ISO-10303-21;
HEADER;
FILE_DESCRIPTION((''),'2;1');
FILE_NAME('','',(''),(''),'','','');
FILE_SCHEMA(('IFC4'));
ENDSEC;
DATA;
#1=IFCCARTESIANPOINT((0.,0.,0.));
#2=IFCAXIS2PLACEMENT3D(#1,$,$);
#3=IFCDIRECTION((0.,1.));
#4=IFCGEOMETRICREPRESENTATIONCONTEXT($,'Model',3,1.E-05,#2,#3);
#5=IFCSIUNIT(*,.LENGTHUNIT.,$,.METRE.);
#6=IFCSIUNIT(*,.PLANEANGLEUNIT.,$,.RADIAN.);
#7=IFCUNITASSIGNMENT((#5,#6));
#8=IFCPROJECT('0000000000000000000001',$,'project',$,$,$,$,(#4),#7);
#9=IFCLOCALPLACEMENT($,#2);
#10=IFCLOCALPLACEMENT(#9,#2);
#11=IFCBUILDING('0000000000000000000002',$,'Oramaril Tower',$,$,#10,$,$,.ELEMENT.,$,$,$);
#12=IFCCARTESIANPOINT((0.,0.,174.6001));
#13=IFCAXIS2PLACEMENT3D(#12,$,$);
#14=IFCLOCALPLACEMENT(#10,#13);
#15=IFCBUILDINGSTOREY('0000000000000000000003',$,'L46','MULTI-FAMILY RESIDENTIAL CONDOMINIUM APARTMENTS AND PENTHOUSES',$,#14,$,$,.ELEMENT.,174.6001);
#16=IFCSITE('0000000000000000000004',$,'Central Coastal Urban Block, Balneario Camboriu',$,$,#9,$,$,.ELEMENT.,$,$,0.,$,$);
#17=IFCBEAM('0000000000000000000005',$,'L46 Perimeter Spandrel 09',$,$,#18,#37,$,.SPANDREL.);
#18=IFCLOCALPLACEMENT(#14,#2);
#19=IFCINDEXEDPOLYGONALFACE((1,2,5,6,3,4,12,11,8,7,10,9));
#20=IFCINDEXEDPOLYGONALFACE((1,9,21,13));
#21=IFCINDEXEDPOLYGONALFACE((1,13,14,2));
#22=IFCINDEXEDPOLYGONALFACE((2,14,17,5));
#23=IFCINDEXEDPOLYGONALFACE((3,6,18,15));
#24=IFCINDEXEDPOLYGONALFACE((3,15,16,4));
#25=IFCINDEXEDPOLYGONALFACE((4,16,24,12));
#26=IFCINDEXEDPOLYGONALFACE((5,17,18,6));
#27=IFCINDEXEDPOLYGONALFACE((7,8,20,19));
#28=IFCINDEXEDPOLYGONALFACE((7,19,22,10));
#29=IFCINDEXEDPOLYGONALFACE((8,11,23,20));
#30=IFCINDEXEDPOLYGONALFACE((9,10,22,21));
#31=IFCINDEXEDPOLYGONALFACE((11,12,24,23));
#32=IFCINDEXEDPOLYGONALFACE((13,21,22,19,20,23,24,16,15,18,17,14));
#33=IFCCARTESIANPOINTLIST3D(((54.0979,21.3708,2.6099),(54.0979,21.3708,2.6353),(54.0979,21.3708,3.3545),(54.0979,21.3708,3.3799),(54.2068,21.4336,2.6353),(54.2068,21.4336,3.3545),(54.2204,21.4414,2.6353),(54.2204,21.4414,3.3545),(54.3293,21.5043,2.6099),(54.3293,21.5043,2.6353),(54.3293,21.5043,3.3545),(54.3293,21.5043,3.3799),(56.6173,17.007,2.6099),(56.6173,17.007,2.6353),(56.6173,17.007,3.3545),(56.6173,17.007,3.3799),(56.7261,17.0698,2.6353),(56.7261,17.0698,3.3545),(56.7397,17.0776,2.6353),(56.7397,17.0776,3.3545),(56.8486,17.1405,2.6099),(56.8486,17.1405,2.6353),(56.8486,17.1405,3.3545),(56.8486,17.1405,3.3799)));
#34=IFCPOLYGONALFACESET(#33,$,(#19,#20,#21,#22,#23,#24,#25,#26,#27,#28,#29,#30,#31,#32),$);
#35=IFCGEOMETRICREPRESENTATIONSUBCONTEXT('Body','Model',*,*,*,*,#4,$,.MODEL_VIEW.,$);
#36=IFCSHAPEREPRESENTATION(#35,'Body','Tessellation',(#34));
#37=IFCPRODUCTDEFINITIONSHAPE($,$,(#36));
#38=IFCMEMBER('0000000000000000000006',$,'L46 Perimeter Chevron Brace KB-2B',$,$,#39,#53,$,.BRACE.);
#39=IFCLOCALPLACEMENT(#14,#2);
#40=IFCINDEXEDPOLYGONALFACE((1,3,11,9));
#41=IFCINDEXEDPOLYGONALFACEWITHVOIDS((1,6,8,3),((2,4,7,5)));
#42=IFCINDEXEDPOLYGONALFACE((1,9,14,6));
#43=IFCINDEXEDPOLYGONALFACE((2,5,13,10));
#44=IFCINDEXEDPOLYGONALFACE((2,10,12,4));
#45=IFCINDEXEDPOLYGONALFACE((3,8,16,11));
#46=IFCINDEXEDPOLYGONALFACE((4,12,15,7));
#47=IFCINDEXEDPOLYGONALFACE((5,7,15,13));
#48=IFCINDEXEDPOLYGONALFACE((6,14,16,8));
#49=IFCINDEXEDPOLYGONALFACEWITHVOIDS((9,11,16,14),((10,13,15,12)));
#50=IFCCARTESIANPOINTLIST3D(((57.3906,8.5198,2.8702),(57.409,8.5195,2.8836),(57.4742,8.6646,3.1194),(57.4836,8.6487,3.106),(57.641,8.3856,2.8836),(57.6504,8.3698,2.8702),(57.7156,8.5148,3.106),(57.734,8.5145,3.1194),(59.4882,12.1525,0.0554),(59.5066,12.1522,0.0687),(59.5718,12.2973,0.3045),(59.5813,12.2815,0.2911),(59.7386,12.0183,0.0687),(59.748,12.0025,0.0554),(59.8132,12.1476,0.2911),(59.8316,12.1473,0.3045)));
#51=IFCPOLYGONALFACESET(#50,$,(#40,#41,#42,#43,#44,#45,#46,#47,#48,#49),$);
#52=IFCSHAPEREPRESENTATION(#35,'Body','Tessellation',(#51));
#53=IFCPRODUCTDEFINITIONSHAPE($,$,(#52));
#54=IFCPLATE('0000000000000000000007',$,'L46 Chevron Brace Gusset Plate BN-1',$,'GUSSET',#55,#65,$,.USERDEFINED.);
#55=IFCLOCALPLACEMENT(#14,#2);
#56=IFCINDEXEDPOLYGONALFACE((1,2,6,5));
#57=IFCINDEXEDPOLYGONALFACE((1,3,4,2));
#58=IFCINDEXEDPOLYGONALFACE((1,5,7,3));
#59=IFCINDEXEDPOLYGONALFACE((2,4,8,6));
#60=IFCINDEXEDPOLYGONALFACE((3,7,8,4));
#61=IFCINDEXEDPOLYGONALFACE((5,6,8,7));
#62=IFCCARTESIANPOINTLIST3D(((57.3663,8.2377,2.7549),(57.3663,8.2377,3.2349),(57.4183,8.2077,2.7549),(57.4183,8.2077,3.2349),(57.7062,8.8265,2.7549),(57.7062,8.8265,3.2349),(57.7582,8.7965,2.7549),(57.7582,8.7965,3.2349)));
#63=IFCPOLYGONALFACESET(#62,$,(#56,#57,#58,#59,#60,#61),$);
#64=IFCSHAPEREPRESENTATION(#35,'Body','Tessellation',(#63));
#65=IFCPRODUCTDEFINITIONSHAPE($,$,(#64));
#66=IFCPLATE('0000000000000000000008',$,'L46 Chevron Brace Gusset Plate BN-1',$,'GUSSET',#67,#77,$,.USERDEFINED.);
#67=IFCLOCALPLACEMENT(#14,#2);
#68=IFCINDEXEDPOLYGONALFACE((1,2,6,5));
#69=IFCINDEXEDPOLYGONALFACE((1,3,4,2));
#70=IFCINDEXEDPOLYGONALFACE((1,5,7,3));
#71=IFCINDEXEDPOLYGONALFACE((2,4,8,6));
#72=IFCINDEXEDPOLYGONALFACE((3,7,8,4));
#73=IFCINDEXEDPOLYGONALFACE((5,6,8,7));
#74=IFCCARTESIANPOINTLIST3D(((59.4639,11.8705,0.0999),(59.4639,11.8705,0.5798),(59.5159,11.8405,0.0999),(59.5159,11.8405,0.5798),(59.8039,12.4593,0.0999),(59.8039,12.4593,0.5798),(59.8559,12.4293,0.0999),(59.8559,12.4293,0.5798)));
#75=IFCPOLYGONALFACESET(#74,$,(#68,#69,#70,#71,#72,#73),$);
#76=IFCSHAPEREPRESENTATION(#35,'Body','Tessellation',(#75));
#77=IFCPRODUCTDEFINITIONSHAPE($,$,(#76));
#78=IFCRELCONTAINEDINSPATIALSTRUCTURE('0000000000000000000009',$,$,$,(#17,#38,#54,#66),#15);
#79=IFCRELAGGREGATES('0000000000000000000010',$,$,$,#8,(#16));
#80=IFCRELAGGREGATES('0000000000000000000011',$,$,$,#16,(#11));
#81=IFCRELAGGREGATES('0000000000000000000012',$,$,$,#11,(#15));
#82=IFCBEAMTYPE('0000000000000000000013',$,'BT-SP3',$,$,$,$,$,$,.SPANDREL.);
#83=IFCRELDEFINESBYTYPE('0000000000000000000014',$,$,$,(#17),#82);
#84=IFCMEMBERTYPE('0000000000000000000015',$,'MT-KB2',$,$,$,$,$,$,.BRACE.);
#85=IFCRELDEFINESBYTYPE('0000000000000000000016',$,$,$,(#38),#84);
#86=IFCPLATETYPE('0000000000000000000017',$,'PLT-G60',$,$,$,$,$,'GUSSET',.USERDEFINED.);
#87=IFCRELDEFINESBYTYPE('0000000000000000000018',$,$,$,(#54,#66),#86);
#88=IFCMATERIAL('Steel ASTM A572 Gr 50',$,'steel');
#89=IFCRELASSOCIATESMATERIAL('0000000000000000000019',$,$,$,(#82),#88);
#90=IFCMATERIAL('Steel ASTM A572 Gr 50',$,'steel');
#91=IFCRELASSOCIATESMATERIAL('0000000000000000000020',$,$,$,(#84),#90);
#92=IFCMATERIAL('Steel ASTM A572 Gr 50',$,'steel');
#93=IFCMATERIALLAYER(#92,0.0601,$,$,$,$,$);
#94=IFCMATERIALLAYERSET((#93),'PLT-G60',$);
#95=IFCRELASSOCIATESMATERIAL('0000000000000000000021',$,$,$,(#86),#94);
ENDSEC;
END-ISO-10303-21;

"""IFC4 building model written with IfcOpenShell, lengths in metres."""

from ifc_helpers import new_model, si_unit, direction, frame, origin, origin_2d, place, context, subcontext, project, spatial, rectangle, hollow_rectangle, i_section, extrude, material, layer, layer_set, material_profile, profile_set, type_object, element, save


model = new_model("IFC4")

# Units and contexts
model_context = context("Model", 3, precision=1e-05, world=origin(), true_north=direction((0.0, 1.0)))
body_context = subcontext(model_context, "Body", "Model", "MODEL_VIEW")
ifc_project = project(units=[si_unit("LENGTHUNIT", "METRE"), si_unit("PLANEANGLEUNIT", "RADIAN")], contexts=[model_context])

# Site, building, storey
site_placement = place(None, origin())
site = spatial("IfcSite", under=ifc_project, at=site_placement, Name="Central Coastal Urban Block, Balneario Camboriu", CompositionType="ELEMENT", RefElevation=0.0)
building_placement = place(site_placement, origin())
building = spatial("IfcBuilding", under=site, at=building_placement, Name="Oramaril Tower", CompositionType="ELEMENT")
storey_placement = place(building_placement, frame((0.0, 0.0, 174.6001)))
storey = spatial("IfcBuildingStorey", under=building, at=storey_placement, Name="L46", Description="MULTI-FAMILY RESIDENTIAL CONDOMINIUM APARTMENTS AND PENTHOUSES", CompositionType="ELEMENT", Elevation=174.6001)

# Beam
ifc_material_1 = material(Name="Steel ASTM A572 Gr 50", Category="steel")
ifc_material_profile_1 = material_profile(ifc_material_1, i_section(OverallWidth=0.2671, OverallDepth=0.77, WebThickness=0.0156, FlangeThickness=0.0254, at=origin_2d()), Name="W30X132")
ifc_profile_set_1 = profile_set([ifc_material_profile_1], Name="Steel ASTM A572 Gr 50")
beam_type_1 = type_object("IfcBeamType", Name="BT-SP3", PredefinedType="SPANDREL", material=ifc_profile_set_1)
beam_1_placement = place(storey_placement, frame((56.7329, 17.0737, 2.9949), z_axis=(-0.49998, 0.866037, 0.0), x_axis=(-0.866037, -0.49998, 0.0)))
element("IfcBeam", 1, at=beam_1_placement, inside=storey, type_object=beam_type_1, Name="L46 Perimeter Spandrel 09", PredefinedType="SPANDREL", context=body_context, shape_type="SweptSolid", body=[
    extrude(i_section(OverallWidth=0.2671, OverallDepth=0.77, WebThickness=0.0156, FlangeThickness=0.0254, at=origin_2d()), origin(), (0.0, 0.0, 1.0), 5.0388),
])

# Member
ifc_material_2 = material(Name="Steel ASTM A572 Gr 50", Category="steel")
ifc_material_profile_2 = material_profile(ifc_material_2, hollow_rectangle(XDim=0.3, YDim=0.3, WallThickness=0.0161, at=origin_2d()), Name="HSS300X300X16")
ifc_profile_set_2 = profile_set([ifc_material_profile_2], Name="Steel ASTM A572 Gr 50")
member_type = type_object("IfcMemberType", Name="MT-KB2", PredefinedType="BRACE", material=ifc_profile_set_2)
member_placement = place(storey_placement, frame((59.6599, 12.1499, 0.1799), z_axis=(-0.415224, -0.719103, 0.557208), x_axis=(0.865999, -0.500045, 0.0)))
element("IfcMember", 2, at=member_placement, inside=storey, type_object=member_type, Name="L46 Perimeter Chevron Brace KB-2B", PredefinedType="BRACE", context=body_context, shape_type="SweptSolid", body=[
    extrude(hollow_rectangle(XDim=0.3, YDim=0.3, WallThickness=0.0161, at=origin_2d()), origin(), (0.0, 0.0, 1.0), 5.0518),
])

# Plates
ifc_material_3 = material(Name="Steel ASTM A572 Gr 50", Category="steel")
ifc_layer_1 = layer(ifc_material_3, 0.0601)
ifc_layer_set_1 = layer_set([ifc_layer_1], Name="PLT-G60")
plate_type = type_object("IfcPlateType", Name="PLT-G60", ElementType="GUSSET", PredefinedType="USERDEFINED", material=ifc_layer_set_1)
for number, where, z_axis, x_axis, name in (
    (3, (57.5623, 8.5171, 2.7549), (0.0, 0.0, 1.0), (0.499997, 0.866027, 0.0), "L46 Chevron Brace Gusset Plate BN-1"),
    (4, (59.6599, 12.1499, 0.0999), (0.0, 0.0, 1.0), (0.499997, 0.866027, 0.0), "L46 Chevron Brace Gusset Plate BN-1"),
):
    element("IfcPlate", number, at=place(storey_placement, frame(where, z_axis=z_axis, x_axis=x_axis)), inside=storey, type_object=plate_type, Name=name, ObjectType="GUSSET", PredefinedType="USERDEFINED", context=body_context, shape_type="SweptSolid", body=[
        extrude(rectangle(XDim=0.6799, YDim=0.0601, at=origin_2d()), origin(), (0.0, 0.0, 1.0), 0.48),
    ])

save(model, "model.ifc")
